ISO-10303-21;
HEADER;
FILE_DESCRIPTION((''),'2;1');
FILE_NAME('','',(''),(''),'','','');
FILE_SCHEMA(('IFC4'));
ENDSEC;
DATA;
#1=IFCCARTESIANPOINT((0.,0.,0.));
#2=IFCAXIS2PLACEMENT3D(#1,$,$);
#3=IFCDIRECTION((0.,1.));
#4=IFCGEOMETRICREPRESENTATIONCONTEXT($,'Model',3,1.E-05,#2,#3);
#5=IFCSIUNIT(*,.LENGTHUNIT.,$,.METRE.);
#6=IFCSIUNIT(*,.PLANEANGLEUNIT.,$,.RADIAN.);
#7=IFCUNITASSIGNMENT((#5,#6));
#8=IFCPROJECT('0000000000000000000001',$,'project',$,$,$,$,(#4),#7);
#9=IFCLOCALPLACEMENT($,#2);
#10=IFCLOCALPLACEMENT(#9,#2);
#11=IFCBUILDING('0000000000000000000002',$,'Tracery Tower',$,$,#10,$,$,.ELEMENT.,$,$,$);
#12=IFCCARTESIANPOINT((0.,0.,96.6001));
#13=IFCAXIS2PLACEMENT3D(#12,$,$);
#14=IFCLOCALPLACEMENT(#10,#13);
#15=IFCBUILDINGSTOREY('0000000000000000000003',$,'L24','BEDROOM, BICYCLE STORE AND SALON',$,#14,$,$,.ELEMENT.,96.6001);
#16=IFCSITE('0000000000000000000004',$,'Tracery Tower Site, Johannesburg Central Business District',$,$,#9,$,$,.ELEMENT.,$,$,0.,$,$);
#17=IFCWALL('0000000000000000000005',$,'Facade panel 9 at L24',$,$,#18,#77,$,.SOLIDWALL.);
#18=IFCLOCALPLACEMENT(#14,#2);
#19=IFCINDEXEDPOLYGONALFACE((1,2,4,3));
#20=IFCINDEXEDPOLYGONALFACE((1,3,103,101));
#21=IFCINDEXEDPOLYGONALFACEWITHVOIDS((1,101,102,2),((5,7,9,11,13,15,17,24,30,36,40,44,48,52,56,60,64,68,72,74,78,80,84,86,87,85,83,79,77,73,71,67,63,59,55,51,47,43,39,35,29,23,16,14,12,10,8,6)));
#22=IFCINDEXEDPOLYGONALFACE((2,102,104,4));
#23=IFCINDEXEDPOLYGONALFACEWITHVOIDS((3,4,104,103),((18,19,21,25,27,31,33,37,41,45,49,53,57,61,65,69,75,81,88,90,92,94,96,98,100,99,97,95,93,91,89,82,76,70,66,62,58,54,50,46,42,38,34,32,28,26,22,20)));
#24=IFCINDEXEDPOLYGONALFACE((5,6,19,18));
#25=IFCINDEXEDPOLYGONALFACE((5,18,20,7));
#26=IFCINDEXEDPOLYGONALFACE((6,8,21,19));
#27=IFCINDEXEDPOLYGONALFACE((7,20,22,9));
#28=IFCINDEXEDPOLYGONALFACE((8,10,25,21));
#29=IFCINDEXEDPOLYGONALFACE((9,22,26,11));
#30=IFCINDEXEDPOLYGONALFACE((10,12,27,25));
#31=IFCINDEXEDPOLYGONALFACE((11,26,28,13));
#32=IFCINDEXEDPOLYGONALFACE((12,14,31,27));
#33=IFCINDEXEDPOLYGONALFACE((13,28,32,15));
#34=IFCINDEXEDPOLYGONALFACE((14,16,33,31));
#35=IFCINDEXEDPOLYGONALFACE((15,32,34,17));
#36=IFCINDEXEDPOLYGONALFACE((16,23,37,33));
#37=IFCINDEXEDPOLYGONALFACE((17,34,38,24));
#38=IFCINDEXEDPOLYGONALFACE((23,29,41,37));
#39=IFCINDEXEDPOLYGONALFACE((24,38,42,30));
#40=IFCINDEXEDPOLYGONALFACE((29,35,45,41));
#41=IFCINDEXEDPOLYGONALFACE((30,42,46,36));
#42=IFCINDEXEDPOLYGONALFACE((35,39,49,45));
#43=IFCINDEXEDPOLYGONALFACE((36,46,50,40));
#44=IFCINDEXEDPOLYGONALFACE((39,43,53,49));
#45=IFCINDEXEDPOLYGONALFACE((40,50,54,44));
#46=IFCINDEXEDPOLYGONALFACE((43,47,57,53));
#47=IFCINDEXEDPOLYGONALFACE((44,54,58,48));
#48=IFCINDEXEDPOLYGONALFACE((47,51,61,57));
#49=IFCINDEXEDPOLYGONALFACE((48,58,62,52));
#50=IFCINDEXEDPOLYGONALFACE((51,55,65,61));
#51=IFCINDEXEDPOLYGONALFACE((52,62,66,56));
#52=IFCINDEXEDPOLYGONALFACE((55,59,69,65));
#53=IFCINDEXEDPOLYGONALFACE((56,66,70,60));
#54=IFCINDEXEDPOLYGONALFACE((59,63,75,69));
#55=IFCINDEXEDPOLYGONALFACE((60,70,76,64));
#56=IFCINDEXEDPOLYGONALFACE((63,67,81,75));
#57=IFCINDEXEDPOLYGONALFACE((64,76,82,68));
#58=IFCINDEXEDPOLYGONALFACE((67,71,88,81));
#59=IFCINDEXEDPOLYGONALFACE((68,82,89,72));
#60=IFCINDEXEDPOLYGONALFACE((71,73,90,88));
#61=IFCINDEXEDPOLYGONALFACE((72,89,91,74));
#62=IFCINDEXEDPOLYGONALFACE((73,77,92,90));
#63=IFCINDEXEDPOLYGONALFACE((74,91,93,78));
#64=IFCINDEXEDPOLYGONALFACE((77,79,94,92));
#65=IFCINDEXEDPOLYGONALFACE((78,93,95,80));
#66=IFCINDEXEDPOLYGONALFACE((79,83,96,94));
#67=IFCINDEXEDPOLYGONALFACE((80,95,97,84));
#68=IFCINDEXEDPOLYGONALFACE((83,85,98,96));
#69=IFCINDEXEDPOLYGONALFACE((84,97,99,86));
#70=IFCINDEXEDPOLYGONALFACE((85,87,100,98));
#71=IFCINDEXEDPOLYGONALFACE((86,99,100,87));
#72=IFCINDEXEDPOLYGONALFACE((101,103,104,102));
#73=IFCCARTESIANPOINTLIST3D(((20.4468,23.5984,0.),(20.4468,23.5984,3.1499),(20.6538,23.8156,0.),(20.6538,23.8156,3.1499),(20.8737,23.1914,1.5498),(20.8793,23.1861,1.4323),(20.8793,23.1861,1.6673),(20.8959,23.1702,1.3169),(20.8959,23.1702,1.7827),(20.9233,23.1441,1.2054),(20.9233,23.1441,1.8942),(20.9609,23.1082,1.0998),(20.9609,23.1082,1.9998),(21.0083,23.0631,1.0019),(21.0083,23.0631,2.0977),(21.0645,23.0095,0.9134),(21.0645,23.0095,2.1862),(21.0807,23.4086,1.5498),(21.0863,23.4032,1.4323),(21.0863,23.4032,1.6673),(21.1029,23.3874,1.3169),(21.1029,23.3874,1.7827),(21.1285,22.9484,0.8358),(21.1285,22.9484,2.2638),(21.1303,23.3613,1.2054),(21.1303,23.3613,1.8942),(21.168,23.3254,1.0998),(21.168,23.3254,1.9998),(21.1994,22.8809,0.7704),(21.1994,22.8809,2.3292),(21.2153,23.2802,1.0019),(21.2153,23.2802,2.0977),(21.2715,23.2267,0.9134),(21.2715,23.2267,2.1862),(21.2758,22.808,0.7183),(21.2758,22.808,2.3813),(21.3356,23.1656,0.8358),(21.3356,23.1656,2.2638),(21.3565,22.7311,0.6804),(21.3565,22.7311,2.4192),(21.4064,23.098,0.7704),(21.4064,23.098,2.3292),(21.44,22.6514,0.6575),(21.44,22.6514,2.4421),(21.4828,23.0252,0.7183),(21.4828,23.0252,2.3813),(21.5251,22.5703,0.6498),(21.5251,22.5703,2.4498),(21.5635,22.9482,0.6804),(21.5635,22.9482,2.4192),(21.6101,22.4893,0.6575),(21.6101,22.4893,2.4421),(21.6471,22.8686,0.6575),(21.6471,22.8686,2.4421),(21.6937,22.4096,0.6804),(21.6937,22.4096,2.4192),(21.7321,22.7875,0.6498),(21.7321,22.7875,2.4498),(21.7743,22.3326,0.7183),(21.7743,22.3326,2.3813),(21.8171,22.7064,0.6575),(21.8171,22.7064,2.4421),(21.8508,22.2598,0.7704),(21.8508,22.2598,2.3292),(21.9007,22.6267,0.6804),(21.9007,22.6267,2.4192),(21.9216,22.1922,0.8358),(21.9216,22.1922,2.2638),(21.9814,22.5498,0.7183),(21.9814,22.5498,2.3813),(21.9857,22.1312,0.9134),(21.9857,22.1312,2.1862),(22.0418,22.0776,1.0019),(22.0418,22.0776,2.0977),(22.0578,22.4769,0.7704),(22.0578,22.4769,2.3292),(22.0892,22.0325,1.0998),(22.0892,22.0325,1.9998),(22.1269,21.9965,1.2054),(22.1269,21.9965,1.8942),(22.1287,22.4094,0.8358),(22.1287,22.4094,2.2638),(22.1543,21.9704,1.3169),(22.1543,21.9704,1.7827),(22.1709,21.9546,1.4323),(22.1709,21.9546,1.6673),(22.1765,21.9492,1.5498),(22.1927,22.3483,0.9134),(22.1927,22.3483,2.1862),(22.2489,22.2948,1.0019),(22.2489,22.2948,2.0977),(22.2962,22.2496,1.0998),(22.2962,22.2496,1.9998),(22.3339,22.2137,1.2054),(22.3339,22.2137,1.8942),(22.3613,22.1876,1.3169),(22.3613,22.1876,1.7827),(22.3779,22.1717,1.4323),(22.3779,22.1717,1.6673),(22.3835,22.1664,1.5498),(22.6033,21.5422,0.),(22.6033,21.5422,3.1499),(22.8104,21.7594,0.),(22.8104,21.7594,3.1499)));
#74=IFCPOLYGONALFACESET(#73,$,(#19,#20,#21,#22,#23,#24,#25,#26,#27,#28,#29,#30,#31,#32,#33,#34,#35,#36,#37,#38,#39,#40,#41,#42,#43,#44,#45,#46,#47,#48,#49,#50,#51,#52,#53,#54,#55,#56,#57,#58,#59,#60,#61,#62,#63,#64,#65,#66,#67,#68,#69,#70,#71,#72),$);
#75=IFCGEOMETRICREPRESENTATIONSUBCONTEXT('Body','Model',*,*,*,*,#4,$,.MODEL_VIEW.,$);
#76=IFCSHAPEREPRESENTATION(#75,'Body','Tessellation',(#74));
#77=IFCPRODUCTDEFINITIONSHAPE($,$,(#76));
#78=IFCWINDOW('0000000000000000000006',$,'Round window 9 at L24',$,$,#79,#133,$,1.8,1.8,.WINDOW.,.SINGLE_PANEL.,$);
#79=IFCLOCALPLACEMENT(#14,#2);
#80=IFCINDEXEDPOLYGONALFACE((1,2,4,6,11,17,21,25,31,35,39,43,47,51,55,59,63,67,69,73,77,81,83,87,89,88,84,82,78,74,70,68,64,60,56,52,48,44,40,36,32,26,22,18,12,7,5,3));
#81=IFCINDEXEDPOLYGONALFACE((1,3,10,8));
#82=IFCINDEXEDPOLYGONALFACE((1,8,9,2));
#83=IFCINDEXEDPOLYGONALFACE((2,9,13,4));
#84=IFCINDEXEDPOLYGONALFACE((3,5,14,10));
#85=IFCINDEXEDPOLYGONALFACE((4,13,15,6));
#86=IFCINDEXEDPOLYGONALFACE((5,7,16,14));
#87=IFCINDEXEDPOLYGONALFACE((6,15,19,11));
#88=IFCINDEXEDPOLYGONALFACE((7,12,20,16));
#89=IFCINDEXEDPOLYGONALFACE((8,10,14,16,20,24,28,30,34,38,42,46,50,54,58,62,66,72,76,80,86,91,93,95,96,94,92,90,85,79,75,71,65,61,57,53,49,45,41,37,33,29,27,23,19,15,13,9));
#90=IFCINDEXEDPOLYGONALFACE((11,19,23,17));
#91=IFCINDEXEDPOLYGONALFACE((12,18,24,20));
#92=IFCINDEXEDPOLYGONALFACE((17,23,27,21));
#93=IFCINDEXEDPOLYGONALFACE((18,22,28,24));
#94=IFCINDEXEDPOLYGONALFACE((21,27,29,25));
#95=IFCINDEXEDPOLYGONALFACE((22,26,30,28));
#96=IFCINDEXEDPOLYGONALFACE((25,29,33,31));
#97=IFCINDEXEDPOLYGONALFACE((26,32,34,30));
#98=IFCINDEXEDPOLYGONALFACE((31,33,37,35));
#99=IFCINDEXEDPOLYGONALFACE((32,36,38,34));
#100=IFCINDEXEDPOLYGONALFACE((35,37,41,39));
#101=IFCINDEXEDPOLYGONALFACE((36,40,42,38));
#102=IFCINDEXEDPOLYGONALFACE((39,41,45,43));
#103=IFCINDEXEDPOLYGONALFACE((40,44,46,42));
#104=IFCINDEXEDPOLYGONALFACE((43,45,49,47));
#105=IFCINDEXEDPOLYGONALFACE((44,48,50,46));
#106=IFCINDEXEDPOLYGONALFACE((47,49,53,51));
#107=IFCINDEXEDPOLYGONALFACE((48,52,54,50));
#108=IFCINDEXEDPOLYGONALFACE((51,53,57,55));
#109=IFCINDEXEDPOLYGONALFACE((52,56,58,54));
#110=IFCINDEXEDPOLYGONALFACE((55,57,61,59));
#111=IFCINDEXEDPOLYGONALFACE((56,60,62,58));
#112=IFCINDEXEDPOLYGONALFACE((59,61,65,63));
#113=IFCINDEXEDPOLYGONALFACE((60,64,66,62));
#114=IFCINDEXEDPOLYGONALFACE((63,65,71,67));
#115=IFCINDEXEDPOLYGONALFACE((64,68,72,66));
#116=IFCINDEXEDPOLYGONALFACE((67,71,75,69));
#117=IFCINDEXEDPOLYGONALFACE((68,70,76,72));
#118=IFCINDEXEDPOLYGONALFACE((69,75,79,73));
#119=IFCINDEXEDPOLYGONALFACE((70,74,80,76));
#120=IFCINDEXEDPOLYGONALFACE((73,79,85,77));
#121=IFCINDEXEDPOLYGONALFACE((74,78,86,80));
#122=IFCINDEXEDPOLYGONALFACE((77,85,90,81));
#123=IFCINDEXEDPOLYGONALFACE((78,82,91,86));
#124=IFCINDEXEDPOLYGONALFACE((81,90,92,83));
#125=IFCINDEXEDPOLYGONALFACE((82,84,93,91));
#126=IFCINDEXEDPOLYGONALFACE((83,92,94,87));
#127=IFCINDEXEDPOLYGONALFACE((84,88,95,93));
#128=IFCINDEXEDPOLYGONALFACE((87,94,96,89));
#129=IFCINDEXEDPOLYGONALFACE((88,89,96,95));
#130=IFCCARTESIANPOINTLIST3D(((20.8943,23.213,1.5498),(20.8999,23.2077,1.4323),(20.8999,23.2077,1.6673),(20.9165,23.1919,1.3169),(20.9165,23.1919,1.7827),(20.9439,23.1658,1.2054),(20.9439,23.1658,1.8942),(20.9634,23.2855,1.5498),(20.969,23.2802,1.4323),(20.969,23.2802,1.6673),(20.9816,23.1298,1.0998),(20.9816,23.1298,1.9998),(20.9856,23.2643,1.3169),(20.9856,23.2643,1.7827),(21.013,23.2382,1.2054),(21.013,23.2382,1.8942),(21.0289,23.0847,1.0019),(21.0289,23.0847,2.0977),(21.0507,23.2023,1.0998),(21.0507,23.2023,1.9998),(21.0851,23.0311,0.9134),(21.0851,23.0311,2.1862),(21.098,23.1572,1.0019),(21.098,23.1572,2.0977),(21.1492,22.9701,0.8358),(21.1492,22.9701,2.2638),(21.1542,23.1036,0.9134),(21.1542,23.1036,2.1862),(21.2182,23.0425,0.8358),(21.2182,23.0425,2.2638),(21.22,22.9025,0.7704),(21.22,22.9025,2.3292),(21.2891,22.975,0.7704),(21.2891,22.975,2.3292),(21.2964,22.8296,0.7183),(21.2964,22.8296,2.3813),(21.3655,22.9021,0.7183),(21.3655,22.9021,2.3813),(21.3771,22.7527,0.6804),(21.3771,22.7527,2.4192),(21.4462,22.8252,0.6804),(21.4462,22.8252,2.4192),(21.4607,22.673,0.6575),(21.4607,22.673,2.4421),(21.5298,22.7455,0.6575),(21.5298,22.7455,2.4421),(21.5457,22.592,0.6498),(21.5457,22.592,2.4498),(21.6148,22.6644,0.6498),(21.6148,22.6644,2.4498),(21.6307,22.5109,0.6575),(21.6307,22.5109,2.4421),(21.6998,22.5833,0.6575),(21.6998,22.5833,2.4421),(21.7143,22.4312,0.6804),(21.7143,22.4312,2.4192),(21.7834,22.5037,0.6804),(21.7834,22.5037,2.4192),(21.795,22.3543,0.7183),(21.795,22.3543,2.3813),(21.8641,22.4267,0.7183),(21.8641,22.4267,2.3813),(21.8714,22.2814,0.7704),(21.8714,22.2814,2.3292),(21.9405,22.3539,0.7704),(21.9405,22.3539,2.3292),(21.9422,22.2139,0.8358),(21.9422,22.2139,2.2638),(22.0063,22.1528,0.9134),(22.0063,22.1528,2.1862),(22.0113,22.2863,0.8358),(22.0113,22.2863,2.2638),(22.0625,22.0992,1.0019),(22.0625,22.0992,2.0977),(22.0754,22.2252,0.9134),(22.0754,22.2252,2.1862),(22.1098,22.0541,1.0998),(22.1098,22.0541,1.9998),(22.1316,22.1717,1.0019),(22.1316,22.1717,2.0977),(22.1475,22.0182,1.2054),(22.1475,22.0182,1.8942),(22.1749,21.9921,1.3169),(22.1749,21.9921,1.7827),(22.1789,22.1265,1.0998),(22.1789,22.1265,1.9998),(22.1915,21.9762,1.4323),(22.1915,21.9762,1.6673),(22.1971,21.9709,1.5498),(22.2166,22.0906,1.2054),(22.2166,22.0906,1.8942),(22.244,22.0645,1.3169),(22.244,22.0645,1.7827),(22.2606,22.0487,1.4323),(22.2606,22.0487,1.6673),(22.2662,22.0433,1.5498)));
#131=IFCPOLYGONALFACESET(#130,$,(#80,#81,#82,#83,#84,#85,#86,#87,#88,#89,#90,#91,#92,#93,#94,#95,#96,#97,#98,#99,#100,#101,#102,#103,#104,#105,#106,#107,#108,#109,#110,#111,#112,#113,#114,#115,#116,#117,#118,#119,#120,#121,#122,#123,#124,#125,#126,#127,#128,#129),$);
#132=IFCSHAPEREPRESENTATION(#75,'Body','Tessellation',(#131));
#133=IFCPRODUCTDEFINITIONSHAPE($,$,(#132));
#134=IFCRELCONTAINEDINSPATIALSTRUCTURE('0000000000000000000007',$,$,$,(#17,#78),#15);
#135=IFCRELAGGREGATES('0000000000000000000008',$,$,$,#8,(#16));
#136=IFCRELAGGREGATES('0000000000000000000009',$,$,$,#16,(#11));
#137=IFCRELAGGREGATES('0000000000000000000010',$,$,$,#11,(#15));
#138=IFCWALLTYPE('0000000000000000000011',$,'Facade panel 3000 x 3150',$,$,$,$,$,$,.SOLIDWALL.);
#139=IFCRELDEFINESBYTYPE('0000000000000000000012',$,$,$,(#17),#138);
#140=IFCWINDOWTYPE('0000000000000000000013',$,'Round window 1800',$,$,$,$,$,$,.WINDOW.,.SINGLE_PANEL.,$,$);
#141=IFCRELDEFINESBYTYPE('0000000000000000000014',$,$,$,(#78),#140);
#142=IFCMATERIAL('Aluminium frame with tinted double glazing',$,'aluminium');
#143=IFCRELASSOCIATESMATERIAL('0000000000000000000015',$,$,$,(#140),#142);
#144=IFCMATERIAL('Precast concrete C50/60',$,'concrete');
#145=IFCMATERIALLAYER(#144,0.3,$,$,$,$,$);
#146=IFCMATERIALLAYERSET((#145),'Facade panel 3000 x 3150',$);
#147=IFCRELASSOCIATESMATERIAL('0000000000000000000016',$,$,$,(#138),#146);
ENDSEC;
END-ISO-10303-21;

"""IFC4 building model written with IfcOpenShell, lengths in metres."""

from ifc_helpers import new_model, si_unit, direction, frame, frame_2d, origin, origin_2d, place, context, subcontext, project, spatial, rectangle, circle, extrude, material, layer, layer_set, type_object, element, fill, save


model = new_model("IFC4")

# Units and contexts
model_context = context("Model", 3, precision=1e-05, world=origin(), true_north=direction((0.0, 1.0)))
body_context = subcontext(model_context, "Body", "Model", "MODEL_VIEW")
ifc_project = project(units=[si_unit("LENGTHUNIT", "METRE"), si_unit("PLANEANGLEUNIT", "RADIAN")], contexts=[model_context])

# Site, building, storey
site_placement = place(None, origin())
site = spatial("IfcSite", under=ifc_project, at=site_placement, Name="Tracery Tower Site, Johannesburg Central Business District", CompositionType="ELEMENT", RefElevation=0.0)
building_placement = place(site_placement, origin())
building = spatial("IfcBuilding", under=site, at=building_placement, Name="Tracery Tower", CompositionType="ELEMENT")
storey_placement = place(building_placement, frame((0.0, 0.0, 96.6001)))
storey = spatial("IfcBuildingStorey", under=building, at=storey_placement, Name="L24", Description="BEDROOM, BICYCLE STORE AND SALON", CompositionType="ELEMENT", Elevation=96.6001)

# Wall, opening, window
ifc_material_1 = material(Name="Aluminium frame with tinted double glazing", Category="aluminium")
window_type = type_object("IfcWindowType", Name="Round window 1800", PartitioningType="SINGLE_PANEL", PredefinedType="WINDOW", material=ifc_material_1)
ifc_material_2 = material(Name="Precast concrete C50/60", Category="concrete")
ifc_layer_1 = layer(ifc_material_2, 0.3)
ifc_layer_set_1 = layer_set([ifc_layer_1], Name="Facade panel 3000 x 3150")
wall_type_1 = type_object("IfcWallType", Name="Facade panel 3000 x 3150", PredefinedType="SOLIDWALL", material=ifc_layer_set_1)
wall_1_placement = place(storey_placement, frame((22.7068, 21.6509, 0.0), z_axis=(0.0, 0.0, 1.0), x_axis=(-0.723744, 0.690068, 0.0)))
wall_1 = element("IfcWall", 1, at=wall_1_placement, inside=storey, type_object=wall_type_1, Name="Facade panel 9 at L24", PredefinedType="SOLIDWALL", context=body_context, shape_type="SweptSolid", body=[
    extrude(rectangle(XDim=2.9797, YDim=0.3, at=frame_2d((1.4897, 0.0))), origin(), (0.0, 0.0, 1.0), 3.1499),
])
opening_1_placement = place(wall_1_placement, frame((1.4897, 0.0, 1.5498)))
opening_1 = element("IfcOpeningElement", 2, at=opening_1_placement, cuts=wall_1, PredefinedType="OPENING", context=body_context, shape_type="SweptSolid", body=[
    extrude(circle(Radius=0.9, at=origin_2d()), frame((0.0, 0.1599, 0.0), z_axis=(0.0, -1.0, 0.0), x_axis=(1.0, 0.0, 0.0)), (0.0, 0.0, 1.0), 0.3201),
])
window_1_placement = place(opening_1_placement, origin())
window_1 = element("IfcWindow", 3, at=window_1_placement, inside=storey, type_object=window_type, Name="Round window 9 at L24", OverallHeight=1.8, OverallWidth=1.8, PartitioningType="SINGLE_PANEL", PredefinedType="WINDOW", context=body_context, shape_type="SweptSolid", body=[
    extrude(circle(Radius=0.9, at=origin_2d()), frame((0.0, 0.1201, 0.0), z_axis=(0.0, -1.0, 0.0), x_axis=(1.0, 0.0, 0.0)), (0.0, 0.0, 1.0), 0.1001),
])
fill(opening_1, window_1)

save(model, "model.ifc")
